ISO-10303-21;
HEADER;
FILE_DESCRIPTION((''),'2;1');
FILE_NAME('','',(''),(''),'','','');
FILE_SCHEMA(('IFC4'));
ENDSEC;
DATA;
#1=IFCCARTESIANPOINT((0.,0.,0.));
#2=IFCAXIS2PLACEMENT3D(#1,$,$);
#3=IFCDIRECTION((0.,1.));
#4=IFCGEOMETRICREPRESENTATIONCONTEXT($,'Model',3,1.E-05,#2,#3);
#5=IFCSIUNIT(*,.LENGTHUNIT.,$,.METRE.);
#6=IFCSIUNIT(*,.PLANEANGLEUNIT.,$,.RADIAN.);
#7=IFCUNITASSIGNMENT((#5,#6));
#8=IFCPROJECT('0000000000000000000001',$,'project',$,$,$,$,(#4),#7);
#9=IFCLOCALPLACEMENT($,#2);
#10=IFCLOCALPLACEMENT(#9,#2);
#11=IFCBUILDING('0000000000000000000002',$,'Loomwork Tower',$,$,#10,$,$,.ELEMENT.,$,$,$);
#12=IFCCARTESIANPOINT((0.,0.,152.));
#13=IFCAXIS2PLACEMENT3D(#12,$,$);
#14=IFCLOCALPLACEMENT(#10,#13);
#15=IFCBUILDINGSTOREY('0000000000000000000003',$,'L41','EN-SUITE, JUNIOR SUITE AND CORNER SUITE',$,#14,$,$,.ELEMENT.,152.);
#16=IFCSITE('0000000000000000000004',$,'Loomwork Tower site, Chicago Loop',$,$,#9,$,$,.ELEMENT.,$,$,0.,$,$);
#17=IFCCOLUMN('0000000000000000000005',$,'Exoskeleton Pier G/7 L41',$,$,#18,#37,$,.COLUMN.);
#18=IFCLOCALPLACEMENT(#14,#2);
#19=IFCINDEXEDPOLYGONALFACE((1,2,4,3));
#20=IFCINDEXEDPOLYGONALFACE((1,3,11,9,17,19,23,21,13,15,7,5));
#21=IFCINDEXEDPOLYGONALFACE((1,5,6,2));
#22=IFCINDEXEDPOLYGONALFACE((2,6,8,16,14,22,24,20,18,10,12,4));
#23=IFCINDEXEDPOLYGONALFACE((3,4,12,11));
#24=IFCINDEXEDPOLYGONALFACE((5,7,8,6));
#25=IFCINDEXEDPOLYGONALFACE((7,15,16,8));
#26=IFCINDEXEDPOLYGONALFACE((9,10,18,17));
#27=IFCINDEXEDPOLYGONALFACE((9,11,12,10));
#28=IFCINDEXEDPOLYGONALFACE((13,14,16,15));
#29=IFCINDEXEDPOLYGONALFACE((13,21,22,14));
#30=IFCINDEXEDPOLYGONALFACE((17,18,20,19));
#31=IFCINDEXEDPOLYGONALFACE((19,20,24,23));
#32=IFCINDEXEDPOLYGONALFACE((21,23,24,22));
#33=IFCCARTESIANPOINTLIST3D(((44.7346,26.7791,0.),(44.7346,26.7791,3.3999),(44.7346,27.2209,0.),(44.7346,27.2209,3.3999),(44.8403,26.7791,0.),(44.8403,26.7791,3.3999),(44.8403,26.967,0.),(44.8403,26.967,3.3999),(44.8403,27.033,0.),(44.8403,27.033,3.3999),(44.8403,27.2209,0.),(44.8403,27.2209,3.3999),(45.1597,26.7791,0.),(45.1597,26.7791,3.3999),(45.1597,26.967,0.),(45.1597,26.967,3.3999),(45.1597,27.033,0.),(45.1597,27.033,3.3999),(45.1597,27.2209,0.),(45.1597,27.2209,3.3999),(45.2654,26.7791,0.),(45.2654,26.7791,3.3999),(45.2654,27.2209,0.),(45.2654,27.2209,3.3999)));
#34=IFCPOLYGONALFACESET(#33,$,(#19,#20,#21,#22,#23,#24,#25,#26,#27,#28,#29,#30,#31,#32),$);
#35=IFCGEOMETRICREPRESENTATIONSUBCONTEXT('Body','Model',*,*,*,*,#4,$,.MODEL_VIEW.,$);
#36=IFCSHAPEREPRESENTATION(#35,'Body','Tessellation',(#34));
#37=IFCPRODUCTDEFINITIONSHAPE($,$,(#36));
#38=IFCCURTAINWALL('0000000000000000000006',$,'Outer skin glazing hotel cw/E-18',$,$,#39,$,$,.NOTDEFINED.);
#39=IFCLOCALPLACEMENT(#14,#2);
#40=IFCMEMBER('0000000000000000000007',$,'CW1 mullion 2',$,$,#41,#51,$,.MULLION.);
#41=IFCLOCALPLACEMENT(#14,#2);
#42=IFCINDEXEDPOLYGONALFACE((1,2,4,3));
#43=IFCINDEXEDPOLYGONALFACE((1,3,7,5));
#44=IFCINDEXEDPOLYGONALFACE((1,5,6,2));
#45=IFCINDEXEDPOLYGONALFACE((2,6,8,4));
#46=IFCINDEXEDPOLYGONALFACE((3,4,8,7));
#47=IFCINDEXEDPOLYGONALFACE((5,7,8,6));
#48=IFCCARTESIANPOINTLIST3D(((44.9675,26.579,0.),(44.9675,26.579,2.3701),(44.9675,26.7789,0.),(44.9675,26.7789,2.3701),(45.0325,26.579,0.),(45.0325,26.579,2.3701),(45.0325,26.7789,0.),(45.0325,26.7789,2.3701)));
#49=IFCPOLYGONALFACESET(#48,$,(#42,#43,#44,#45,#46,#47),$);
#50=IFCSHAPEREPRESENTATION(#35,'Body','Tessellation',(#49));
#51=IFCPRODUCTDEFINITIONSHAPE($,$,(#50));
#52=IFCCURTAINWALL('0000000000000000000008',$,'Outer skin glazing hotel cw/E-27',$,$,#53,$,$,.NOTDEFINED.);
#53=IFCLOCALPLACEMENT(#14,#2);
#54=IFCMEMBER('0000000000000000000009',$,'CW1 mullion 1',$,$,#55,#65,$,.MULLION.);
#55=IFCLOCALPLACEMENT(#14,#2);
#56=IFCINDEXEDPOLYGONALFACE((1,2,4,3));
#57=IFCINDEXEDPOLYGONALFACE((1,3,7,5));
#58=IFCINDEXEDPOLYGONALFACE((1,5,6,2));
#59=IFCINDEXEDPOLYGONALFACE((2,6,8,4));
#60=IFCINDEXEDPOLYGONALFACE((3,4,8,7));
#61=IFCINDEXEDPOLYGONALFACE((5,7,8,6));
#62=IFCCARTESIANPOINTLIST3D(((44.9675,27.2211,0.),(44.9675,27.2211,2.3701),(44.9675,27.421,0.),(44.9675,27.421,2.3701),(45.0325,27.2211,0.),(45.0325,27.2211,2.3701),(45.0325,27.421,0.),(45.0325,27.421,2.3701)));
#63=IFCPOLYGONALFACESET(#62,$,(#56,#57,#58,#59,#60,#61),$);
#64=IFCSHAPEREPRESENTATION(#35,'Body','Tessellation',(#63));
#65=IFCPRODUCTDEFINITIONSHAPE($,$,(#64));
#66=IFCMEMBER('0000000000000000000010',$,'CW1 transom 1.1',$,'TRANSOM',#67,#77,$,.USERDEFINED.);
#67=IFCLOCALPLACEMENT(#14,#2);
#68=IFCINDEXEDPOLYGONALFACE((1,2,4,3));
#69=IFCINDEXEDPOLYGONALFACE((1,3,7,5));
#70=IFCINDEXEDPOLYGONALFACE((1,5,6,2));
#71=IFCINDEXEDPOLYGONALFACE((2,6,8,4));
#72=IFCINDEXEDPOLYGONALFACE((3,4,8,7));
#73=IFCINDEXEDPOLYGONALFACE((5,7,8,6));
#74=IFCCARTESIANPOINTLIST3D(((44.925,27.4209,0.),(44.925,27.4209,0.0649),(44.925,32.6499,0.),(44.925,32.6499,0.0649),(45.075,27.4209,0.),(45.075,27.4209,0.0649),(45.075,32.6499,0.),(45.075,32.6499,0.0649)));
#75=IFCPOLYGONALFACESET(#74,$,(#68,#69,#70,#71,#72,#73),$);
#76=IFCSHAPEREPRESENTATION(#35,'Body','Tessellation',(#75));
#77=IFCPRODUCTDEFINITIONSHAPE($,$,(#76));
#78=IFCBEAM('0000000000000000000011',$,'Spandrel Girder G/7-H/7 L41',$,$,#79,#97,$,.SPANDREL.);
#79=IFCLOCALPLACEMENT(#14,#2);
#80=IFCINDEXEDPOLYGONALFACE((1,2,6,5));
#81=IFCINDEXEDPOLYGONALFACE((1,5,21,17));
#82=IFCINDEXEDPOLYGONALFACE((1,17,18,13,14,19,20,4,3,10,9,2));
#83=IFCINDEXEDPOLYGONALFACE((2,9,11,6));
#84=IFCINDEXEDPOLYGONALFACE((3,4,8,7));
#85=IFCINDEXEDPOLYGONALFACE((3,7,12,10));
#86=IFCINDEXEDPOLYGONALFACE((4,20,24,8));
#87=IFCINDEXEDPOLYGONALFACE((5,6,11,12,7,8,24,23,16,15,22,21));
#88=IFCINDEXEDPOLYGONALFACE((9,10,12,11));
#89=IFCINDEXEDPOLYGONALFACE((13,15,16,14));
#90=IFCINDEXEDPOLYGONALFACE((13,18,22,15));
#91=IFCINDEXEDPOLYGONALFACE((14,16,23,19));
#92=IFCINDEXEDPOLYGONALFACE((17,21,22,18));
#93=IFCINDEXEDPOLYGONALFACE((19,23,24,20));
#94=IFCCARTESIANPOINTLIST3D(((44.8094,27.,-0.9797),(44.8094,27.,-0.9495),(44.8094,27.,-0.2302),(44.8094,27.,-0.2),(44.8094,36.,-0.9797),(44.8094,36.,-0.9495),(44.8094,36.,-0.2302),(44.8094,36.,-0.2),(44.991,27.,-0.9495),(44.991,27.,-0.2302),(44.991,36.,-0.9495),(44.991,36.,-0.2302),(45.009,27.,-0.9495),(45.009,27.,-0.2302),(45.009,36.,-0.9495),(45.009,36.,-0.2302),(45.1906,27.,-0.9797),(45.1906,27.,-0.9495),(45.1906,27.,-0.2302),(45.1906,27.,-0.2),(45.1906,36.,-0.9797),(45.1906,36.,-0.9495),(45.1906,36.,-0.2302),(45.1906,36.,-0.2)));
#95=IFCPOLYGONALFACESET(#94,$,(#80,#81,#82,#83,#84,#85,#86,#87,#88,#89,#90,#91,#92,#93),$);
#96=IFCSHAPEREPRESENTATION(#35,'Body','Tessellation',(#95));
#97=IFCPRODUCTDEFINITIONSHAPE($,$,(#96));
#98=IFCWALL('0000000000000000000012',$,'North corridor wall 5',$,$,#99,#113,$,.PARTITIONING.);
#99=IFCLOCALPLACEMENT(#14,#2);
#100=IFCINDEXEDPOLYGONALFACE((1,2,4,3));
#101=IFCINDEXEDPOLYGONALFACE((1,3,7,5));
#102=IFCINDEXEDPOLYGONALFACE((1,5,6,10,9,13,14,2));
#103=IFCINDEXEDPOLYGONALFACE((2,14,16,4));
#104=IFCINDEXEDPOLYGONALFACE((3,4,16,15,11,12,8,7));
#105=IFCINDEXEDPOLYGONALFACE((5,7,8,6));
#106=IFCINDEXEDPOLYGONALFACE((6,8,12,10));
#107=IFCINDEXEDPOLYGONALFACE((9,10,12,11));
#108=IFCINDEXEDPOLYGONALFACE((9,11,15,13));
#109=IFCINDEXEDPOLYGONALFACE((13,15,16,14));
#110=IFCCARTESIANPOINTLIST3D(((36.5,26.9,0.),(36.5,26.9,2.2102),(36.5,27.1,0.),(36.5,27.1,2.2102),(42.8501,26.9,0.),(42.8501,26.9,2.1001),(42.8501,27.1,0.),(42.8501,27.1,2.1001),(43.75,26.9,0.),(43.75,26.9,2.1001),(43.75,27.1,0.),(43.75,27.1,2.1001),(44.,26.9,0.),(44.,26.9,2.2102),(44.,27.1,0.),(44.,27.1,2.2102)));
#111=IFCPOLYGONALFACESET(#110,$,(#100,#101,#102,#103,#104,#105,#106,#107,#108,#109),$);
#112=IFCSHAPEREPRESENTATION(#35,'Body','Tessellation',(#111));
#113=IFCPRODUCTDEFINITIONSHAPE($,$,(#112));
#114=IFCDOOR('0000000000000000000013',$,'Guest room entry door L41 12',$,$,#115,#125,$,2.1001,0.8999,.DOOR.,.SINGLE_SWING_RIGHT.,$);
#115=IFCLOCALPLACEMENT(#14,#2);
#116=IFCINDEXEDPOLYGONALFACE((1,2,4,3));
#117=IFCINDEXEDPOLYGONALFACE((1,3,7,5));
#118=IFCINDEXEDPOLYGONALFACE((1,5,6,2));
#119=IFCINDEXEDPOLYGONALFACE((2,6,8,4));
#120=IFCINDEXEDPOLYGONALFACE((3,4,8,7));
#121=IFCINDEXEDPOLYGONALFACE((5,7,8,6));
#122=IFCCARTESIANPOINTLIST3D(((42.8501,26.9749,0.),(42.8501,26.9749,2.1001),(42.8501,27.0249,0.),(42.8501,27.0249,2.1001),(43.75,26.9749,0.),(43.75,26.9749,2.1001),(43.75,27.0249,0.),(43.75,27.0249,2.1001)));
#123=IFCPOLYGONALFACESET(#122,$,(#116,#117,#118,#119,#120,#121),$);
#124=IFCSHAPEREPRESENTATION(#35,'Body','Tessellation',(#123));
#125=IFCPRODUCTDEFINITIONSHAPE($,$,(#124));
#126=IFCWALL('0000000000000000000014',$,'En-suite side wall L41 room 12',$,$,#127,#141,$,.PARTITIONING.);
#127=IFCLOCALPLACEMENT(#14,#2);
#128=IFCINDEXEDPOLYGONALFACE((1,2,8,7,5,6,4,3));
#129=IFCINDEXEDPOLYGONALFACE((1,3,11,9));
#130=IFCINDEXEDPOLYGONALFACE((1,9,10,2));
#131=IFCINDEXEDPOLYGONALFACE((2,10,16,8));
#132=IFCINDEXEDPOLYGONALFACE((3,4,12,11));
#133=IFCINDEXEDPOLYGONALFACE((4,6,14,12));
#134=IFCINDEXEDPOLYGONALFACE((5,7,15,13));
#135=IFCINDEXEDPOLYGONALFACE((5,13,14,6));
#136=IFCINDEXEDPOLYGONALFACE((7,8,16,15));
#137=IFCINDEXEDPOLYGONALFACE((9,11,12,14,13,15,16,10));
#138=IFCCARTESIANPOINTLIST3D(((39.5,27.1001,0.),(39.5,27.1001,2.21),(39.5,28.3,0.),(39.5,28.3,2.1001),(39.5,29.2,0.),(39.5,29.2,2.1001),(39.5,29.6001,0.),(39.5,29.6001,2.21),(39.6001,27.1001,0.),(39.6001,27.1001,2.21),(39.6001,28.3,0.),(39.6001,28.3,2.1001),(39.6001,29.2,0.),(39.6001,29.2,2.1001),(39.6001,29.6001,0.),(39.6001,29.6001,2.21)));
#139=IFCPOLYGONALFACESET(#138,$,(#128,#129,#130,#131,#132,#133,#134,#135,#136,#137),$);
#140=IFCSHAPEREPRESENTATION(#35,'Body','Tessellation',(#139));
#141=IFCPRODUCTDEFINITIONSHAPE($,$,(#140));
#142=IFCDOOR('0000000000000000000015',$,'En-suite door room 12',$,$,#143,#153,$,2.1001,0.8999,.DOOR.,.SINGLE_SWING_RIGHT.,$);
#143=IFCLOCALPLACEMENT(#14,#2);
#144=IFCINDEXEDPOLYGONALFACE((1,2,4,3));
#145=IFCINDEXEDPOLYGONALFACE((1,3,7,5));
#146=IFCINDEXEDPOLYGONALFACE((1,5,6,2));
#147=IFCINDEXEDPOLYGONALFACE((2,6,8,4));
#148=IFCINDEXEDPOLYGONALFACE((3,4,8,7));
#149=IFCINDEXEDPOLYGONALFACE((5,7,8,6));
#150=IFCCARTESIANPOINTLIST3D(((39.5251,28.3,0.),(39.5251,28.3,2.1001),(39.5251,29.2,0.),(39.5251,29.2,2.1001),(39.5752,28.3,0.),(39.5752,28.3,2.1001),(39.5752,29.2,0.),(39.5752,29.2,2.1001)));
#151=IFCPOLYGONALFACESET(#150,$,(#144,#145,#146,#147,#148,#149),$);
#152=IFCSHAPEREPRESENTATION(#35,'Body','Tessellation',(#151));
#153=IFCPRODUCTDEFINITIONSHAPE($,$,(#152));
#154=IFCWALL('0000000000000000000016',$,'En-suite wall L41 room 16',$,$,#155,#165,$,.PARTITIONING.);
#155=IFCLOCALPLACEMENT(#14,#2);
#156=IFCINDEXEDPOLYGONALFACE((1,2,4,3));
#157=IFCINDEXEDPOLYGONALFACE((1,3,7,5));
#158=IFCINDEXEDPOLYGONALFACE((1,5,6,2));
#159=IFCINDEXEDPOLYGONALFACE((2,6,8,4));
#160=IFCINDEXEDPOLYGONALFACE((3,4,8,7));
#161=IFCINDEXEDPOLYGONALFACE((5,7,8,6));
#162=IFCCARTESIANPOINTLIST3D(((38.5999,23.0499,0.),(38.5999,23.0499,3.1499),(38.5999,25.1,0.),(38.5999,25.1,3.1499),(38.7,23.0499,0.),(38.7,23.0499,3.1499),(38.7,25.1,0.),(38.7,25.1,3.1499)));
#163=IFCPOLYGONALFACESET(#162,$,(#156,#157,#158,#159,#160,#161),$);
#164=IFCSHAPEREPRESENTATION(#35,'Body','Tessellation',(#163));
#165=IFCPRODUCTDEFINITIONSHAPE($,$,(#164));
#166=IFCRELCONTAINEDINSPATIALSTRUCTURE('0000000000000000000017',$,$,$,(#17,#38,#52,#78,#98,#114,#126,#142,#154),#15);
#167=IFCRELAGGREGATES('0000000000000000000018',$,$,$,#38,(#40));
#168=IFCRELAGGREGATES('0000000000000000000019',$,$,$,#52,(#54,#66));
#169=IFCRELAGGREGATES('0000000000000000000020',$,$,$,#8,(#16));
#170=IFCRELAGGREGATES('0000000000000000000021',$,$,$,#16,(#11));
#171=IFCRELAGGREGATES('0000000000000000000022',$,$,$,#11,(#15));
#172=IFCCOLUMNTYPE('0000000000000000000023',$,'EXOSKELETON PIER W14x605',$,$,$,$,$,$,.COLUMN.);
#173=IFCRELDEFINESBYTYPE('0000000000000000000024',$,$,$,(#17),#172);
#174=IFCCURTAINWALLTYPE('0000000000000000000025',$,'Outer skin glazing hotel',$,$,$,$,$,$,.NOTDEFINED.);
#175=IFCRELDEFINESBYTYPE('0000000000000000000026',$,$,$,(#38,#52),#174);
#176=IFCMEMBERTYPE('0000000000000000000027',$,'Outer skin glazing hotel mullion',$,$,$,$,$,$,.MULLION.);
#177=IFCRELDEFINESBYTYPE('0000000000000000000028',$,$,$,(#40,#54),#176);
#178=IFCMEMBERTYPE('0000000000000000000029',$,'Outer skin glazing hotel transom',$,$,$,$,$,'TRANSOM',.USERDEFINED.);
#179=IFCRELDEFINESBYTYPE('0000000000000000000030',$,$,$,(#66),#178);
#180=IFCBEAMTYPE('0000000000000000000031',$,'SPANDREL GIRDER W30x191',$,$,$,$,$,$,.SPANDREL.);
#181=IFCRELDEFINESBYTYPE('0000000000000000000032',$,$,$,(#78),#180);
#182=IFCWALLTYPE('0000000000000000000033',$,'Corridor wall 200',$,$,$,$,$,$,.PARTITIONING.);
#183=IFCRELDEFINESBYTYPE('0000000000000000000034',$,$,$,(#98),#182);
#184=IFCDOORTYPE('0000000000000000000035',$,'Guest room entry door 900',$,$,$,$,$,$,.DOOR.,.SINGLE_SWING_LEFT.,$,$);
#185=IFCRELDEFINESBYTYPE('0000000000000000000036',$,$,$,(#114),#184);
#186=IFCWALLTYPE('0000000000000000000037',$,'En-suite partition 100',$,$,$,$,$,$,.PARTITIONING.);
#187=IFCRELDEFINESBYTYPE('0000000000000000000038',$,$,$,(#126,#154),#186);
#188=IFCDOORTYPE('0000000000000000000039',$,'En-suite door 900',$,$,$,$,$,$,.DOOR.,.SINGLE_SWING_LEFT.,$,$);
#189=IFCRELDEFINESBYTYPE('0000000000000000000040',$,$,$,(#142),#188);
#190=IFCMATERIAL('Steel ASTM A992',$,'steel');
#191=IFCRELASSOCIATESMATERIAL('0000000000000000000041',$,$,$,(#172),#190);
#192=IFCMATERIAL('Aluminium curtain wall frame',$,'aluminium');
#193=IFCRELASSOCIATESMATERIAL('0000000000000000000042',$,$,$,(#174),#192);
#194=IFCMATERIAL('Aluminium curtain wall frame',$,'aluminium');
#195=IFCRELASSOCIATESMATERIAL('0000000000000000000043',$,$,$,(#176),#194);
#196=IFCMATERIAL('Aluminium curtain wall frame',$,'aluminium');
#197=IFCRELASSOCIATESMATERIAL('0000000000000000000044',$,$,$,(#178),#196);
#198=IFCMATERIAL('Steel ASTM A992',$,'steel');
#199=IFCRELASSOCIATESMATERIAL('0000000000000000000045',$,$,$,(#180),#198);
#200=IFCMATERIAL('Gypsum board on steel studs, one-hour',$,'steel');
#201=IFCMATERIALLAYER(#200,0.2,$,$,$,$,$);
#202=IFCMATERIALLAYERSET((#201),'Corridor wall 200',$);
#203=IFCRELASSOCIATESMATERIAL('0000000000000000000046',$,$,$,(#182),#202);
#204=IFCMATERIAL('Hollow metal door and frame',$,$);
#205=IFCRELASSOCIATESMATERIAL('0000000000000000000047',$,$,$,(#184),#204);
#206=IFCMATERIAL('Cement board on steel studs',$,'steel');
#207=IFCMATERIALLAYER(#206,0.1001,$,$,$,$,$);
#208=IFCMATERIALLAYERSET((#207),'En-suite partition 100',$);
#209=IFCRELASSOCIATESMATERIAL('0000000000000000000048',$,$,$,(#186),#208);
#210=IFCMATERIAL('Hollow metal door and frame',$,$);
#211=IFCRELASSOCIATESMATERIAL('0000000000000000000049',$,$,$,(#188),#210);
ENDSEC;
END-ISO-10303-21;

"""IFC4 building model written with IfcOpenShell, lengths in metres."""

from ifc_helpers import new_model, si_unit, direction, frame, frame_2d, origin, origin_2d, place, context, subcontext, project, spatial, rectangle, i_section, extrude, material, layer, layer_set, material_profile, profile_set, type_object, element, fill, aggregate, save


model = new_model("IFC4")

# Units and contexts
model_context = context("Model", 3, precision=1e-05, world=origin(), true_north=direction((0.0, 1.0)))
body_context = subcontext(model_context, "Body", "Model", "MODEL_VIEW")
ifc_project = project(units=[si_unit("LENGTHUNIT", "METRE"), si_unit("PLANEANGLEUNIT", "RADIAN")], contexts=[model_context])

# Site, building, storey
site_placement = place(None, origin())
site = spatial("IfcSite", under=ifc_project, at=site_placement, Name="Loomwork Tower site, Chicago Loop", CompositionType="ELEMENT", RefElevation=0.0)
building_placement = place(site_placement, origin())
building = spatial("IfcBuilding", under=site, at=building_placement, Name="Loomwork Tower", CompositionType="ELEMENT")
storey_placement = place(building_placement, frame((0.0, 0.0, 152.0)))
storey = spatial("IfcBuildingStorey", under=building, at=storey_placement, Name="L41", Description="EN-SUITE, JUNIOR SUITE AND CORNER SUITE", CompositionType="ELEMENT", Elevation=152.0)

# Column
ifc_material_1 = material(Name="Steel ASTM A992", Category="steel")
ifc_material_profile_1 = material_profile(ifc_material_1, i_section(OverallWidth=0.4419, OverallDepth=0.5308, WebThickness=0.0659, FlangeThickness=0.1057, at=origin_2d()), Name="W14x605")
ifc_profile_set_1 = profile_set([ifc_material_profile_1], Name="Steel ASTM A992")
column_type = type_object("IfcColumnType", Name="EXOSKELETON PIER W14x605", PredefinedType="COLUMN", material=ifc_profile_set_1)
column_placement = place(storey_placement, frame((45.0, 27.0, 0.0), z_axis=(0.0, 0.0, 1.0), x_axis=(0.0, 1.0, 0.0)))
element("IfcColumn", 1, at=column_placement, inside=storey, type_object=column_type, Name="Exoskeleton Pier G/7 L41", PredefinedType="COLUMN", context=body_context, shape_type="SweptSolid", body=[
    extrude(i_section(OverallWidth=0.4419, OverallDepth=0.5308, WebThickness=0.0659, FlangeThickness=0.1057, at=origin_2d()), origin(), (0.0, 0.0, 1.0), 3.3999),
])

# Curtain wall, member
ifc_material_2 = material(Name="Aluminium curtain wall frame", Category="aluminium")
curtain_wall_type = type_object("IfcCurtainWallType", Name="Outer skin glazing hotel", PredefinedType="NOTDEFINED", material=ifc_material_2)
curtain_wall_1_placement = place(storey_placement, origin())
curtain_wall_1 = element("IfcCurtainWall", 2, at=curtain_wall_1_placement, inside=storey, type_object=curtain_wall_type, Name="Outer skin glazing hotel cw/E-18", PredefinedType="NOTDEFINED")
ifc_material_3 = material(Name="Aluminium curtain wall frame", Category="aluminium")
ifc_material_profile_2 = material_profile(ifc_material_3, rectangle(XDim=0.0649, YDim=0.2, at=origin_2d()), Name="AL 65x200")
ifc_profile_set_2 = profile_set([ifc_material_profile_2], Name="Aluminium curtain wall frame")
member_type_1 = type_object("IfcMemberType", Name="Outer skin glazing hotel mullion", PredefinedType="MULLION", material=ifc_profile_set_2)
member_1_placement = place(storey_placement, frame((45.0, 26.679, 0.0), z_axis=(0.0, 0.0, 1.0), x_axis=(-1.0, 0.0, 0.0)))
member_1 = element("IfcMember", 3, at=member_1_placement, type_object=member_type_1, Name="CW1 mullion 2", PredefinedType="MULLION", context=body_context, shape_type="SweptSolid", body=[
    extrude(rectangle(XDim=0.0649, YDim=0.2, at=origin_2d()), origin(), (0.0, 0.0, 1.0), 2.3701),
])
aggregate(curtain_wall_1, [member_1])

# Curtain wall, members
curtain_wall_2_placement = place(storey_placement, origin())
curtain_wall_2 = element("IfcCurtainWall", 4, at=curtain_wall_2_placement, inside=storey, type_object=curtain_wall_type, Name="Outer skin glazing hotel cw/E-27", PredefinedType="NOTDEFINED")
member_2_placement = place(storey_placement, frame((45.0, 27.321, 0.0), z_axis=(0.0, 0.0, 1.0), x_axis=(-1.0, 0.0, 0.0)))
member_2 = element("IfcMember", 5, at=member_2_placement, type_object=member_type_1, Name="CW1 mullion 1", PredefinedType="MULLION", context=body_context, shape_type="SweptSolid", body=[
    extrude(rectangle(XDim=0.0649, YDim=0.2, at=origin_2d()), origin(), (0.0, 0.0, 1.0), 2.3701),
])
ifc_material_4 = material(Name="Aluminium curtain wall frame", Category="aluminium")
ifc_material_profile_3 = material_profile(ifc_material_4, rectangle(XDim=0.1499, YDim=0.0649, at=origin_2d()), Name="AL 65x150")
ifc_profile_set_3 = profile_set([ifc_material_profile_3], Name="Aluminium curtain wall frame")
member_type_2 = type_object("IfcMemberType", Name="Outer skin glazing hotel transom", ElementType="TRANSOM", PredefinedType="USERDEFINED", material=ifc_profile_set_3)
member_3_placement = place(storey_placement, frame((45.0, 27.4209, 0.0325), z_axis=(0.0, 1.0, 0.0), x_axis=(-1.0, 0.0, 0.0)))
member_3 = element("IfcMember", 6, at=member_3_placement, type_object=member_type_2, Name="CW1 transom 1.1", ObjectType="TRANSOM", PredefinedType="USERDEFINED", context=body_context, shape_type="SweptSolid", body=[
    extrude(rectangle(XDim=0.1499, YDim=0.0649, at=origin_2d()), origin(), (0.0, 0.0, 1.0), 5.229),
])
aggregate(curtain_wall_2, [member_2, member_3])

# Beam
ifc_material_5 = material(Name="Steel ASTM A992", Category="steel")
ifc_material_profile_4 = material_profile(ifc_material_5, i_section(OverallWidth=0.3811, OverallDepth=0.7798, WebThickness=0.0181, FlangeThickness=0.0303, at=origin_2d()), Name="W30x191")
ifc_profile_set_4 = profile_set([ifc_material_profile_4], Name="Steel ASTM A992")
beam_type = type_object("IfcBeamType", Name="SPANDREL GIRDER W30x191", PredefinedType="SPANDREL", material=ifc_profile_set_4)
beam_placement = place(storey_placement, frame((45.0, 27.0, -0.5898), z_axis=(0.0, 1.0, 0.0), x_axis=(-1.0, 0.0, 0.0)))
element("IfcBeam", 7, at=beam_placement, inside=storey, type_object=beam_type, Name="Spandrel Girder G/7-H/7 L41", PredefinedType="SPANDREL", context=body_context, shape_type="SweptSolid", body=[
    extrude(i_section(OverallWidth=0.3811, OverallDepth=0.7798, WebThickness=0.0181, FlangeThickness=0.0303, at=origin_2d()), origin(), (0.0, 0.0, 1.0), 9.0),
])

# Walls, openings, doors
ifc_material_6 = material(Name="Gypsum board on steel studs, one-hour", Category="steel")
ifc_layer_1 = layer(ifc_material_6, 0.2)
ifc_layer_set_1 = layer_set([ifc_layer_1], Name="Corridor wall 200")
wall_type_1 = type_object("IfcWallType", Name="Corridor wall 200", PredefinedType="PARTITIONING", material=ifc_layer_set_1)
wall_1_placement = place(storey_placement, frame((36.5, 27.0, 0.0), z_axis=(0.0, 0.0, 1.0), x_axis=(1.0, 0.0, 0.0)))
wall_1 = element("IfcWall", 8, at=wall_1_placement, inside=storey, type_object=wall_type_1, Name="North corridor wall 5", PredefinedType="PARTITIONING", context=body_context, shape_type="SweptSolid", body=[
    extrude(rectangle(XDim=7.5, YDim=0.2, at=frame_2d((3.75, 0.0))), origin(), (0.0, 0.0, 1.0), 2.2102),
])
opening_1_placement = place(wall_1_placement, frame((6.3501, 0.0, 0.0)))
opening_1 = element("IfcOpeningElement", 9, at=opening_1_placement, cuts=wall_1, PredefinedType="OPENING", context=body_context, shape_type="SweptSolid", body=[
    extrude(rectangle(XDim=0.8999, YDim=2.1001, at=frame_2d((0.45, 1.05))), frame((0.0, 0.1099, 0.0), z_axis=(0.0, -1.0, 0.0), x_axis=(1.0, 0.0, 0.0)), (0.0, 0.0, 1.0), 0.22),
])
ifc_material_7 = material(Name="Hollow metal door and frame")
door_type_1 = type_object("IfcDoorType", Name="Guest room entry door 900", OperationType="SINGLE_SWING_LEFT", PredefinedType="DOOR", material=ifc_material_7)
door_1_placement = place(opening_1_placement, origin())
door_1 = element("IfcDoor", 10, at=door_1_placement, inside=storey, type_object=door_type_1, Name="Guest room entry door L41 12", OperationType="SINGLE_SWING_RIGHT", OverallHeight=2.1001, OverallWidth=0.8999, PredefinedType="DOOR", context=body_context, shape_type="SweptSolid", body=[
    extrude(rectangle(XDim=0.8999, YDim=2.1001, at=frame_2d((0.45, 1.05))), frame((0.0, 0.0249, 0.0), z_axis=(0.0, -1.0, 0.0), x_axis=(1.0, 0.0, 0.0)), (0.0, 0.0, 1.0), 0.05),
])
fill(opening_1, door_1)
ifc_material_8 = material(Name="Cement board on steel studs", Category="steel")
ifc_layer_2 = layer(ifc_material_8, 0.1001)
ifc_layer_set_2 = layer_set([ifc_layer_2], Name="En-suite partition 100")
wall_type_2 = type_object("IfcWallType", Name="En-suite partition 100", PredefinedType="PARTITIONING", material=ifc_layer_set_2)
wall_2_placement = place(storey_placement, frame((39.55, 27.1001, 0.0), z_axis=(0.0, 0.0, 1.0), x_axis=(0.0, 1.0, 0.0)))
wall_2 = element("IfcWall", 11, at=wall_2_placement, inside=storey, type_object=wall_type_2, Name="En-suite side wall L41 room 12", PredefinedType="PARTITIONING", context=body_context, shape_type="SweptSolid", body=[
    extrude(rectangle(XDim=2.5, YDim=0.1001, at=frame_2d((1.25, 0.0))), origin(), (0.0, 0.0, 1.0), 2.21),
])
opening_2_placement = place(wall_2_placement, frame((1.2, 0.0, 0.0)))
opening_2 = element("IfcOpeningElement", 12, at=opening_2_placement, cuts=wall_2, PredefinedType="OPENING", context=body_context, shape_type="SweptSolid", body=[
    extrude(rectangle(XDim=0.8999, YDim=2.1001, at=frame_2d((0.45, 1.05))), frame((0.0, 0.0601, 0.0), z_axis=(0.0, -1.0, 0.0), x_axis=(1.0, 0.0, 0.0)), (0.0, 0.0, 1.0), 0.1201),
])
ifc_material_9 = material(Name="Hollow metal door and frame")
door_type_2 = type_object("IfcDoorType", Name="En-suite door 900", OperationType="SINGLE_SWING_LEFT", PredefinedType="DOOR", material=ifc_material_9)
door_2_placement = place(opening_2_placement, origin())
door_2 = element("IfcDoor", 13, at=door_2_placement, inside=storey, type_object=door_type_2, Name="En-suite door room 12", OperationType="SINGLE_SWING_RIGHT", OverallHeight=2.1001, OverallWidth=0.8999, PredefinedType="DOOR", context=body_context, shape_type="SweptSolid", body=[
    extrude(rectangle(XDim=0.8999, YDim=2.1001, at=frame_2d((0.45, 1.05))), frame((0.0, 0.0249, 0.0), z_axis=(0.0, -1.0, 0.0), x_axis=(1.0, 0.0, 0.0)), (0.0, 0.0, 1.0), 0.05),
])
fill(opening_2, door_2)

# Wall
wall_3_placement = place(storey_placement, frame((38.6499, 23.05, 0.0), z_axis=(0.0, 0.0, 1.0), x_axis=(0.0, 1.0, 0.0)))
element("IfcWall", 14, at=wall_3_placement, inside=storey, type_object=wall_type_2, Name="En-suite wall L41 room 16", PredefinedType="PARTITIONING", context=body_context, shape_type="SweptSolid", body=[
    extrude(rectangle(XDim=2.05, YDim=0.1001, at=frame_2d((1.0249, 0.0))), origin(), (0.0, 0.0, 1.0), 3.1499),
])

save(model, "model.ifc")
